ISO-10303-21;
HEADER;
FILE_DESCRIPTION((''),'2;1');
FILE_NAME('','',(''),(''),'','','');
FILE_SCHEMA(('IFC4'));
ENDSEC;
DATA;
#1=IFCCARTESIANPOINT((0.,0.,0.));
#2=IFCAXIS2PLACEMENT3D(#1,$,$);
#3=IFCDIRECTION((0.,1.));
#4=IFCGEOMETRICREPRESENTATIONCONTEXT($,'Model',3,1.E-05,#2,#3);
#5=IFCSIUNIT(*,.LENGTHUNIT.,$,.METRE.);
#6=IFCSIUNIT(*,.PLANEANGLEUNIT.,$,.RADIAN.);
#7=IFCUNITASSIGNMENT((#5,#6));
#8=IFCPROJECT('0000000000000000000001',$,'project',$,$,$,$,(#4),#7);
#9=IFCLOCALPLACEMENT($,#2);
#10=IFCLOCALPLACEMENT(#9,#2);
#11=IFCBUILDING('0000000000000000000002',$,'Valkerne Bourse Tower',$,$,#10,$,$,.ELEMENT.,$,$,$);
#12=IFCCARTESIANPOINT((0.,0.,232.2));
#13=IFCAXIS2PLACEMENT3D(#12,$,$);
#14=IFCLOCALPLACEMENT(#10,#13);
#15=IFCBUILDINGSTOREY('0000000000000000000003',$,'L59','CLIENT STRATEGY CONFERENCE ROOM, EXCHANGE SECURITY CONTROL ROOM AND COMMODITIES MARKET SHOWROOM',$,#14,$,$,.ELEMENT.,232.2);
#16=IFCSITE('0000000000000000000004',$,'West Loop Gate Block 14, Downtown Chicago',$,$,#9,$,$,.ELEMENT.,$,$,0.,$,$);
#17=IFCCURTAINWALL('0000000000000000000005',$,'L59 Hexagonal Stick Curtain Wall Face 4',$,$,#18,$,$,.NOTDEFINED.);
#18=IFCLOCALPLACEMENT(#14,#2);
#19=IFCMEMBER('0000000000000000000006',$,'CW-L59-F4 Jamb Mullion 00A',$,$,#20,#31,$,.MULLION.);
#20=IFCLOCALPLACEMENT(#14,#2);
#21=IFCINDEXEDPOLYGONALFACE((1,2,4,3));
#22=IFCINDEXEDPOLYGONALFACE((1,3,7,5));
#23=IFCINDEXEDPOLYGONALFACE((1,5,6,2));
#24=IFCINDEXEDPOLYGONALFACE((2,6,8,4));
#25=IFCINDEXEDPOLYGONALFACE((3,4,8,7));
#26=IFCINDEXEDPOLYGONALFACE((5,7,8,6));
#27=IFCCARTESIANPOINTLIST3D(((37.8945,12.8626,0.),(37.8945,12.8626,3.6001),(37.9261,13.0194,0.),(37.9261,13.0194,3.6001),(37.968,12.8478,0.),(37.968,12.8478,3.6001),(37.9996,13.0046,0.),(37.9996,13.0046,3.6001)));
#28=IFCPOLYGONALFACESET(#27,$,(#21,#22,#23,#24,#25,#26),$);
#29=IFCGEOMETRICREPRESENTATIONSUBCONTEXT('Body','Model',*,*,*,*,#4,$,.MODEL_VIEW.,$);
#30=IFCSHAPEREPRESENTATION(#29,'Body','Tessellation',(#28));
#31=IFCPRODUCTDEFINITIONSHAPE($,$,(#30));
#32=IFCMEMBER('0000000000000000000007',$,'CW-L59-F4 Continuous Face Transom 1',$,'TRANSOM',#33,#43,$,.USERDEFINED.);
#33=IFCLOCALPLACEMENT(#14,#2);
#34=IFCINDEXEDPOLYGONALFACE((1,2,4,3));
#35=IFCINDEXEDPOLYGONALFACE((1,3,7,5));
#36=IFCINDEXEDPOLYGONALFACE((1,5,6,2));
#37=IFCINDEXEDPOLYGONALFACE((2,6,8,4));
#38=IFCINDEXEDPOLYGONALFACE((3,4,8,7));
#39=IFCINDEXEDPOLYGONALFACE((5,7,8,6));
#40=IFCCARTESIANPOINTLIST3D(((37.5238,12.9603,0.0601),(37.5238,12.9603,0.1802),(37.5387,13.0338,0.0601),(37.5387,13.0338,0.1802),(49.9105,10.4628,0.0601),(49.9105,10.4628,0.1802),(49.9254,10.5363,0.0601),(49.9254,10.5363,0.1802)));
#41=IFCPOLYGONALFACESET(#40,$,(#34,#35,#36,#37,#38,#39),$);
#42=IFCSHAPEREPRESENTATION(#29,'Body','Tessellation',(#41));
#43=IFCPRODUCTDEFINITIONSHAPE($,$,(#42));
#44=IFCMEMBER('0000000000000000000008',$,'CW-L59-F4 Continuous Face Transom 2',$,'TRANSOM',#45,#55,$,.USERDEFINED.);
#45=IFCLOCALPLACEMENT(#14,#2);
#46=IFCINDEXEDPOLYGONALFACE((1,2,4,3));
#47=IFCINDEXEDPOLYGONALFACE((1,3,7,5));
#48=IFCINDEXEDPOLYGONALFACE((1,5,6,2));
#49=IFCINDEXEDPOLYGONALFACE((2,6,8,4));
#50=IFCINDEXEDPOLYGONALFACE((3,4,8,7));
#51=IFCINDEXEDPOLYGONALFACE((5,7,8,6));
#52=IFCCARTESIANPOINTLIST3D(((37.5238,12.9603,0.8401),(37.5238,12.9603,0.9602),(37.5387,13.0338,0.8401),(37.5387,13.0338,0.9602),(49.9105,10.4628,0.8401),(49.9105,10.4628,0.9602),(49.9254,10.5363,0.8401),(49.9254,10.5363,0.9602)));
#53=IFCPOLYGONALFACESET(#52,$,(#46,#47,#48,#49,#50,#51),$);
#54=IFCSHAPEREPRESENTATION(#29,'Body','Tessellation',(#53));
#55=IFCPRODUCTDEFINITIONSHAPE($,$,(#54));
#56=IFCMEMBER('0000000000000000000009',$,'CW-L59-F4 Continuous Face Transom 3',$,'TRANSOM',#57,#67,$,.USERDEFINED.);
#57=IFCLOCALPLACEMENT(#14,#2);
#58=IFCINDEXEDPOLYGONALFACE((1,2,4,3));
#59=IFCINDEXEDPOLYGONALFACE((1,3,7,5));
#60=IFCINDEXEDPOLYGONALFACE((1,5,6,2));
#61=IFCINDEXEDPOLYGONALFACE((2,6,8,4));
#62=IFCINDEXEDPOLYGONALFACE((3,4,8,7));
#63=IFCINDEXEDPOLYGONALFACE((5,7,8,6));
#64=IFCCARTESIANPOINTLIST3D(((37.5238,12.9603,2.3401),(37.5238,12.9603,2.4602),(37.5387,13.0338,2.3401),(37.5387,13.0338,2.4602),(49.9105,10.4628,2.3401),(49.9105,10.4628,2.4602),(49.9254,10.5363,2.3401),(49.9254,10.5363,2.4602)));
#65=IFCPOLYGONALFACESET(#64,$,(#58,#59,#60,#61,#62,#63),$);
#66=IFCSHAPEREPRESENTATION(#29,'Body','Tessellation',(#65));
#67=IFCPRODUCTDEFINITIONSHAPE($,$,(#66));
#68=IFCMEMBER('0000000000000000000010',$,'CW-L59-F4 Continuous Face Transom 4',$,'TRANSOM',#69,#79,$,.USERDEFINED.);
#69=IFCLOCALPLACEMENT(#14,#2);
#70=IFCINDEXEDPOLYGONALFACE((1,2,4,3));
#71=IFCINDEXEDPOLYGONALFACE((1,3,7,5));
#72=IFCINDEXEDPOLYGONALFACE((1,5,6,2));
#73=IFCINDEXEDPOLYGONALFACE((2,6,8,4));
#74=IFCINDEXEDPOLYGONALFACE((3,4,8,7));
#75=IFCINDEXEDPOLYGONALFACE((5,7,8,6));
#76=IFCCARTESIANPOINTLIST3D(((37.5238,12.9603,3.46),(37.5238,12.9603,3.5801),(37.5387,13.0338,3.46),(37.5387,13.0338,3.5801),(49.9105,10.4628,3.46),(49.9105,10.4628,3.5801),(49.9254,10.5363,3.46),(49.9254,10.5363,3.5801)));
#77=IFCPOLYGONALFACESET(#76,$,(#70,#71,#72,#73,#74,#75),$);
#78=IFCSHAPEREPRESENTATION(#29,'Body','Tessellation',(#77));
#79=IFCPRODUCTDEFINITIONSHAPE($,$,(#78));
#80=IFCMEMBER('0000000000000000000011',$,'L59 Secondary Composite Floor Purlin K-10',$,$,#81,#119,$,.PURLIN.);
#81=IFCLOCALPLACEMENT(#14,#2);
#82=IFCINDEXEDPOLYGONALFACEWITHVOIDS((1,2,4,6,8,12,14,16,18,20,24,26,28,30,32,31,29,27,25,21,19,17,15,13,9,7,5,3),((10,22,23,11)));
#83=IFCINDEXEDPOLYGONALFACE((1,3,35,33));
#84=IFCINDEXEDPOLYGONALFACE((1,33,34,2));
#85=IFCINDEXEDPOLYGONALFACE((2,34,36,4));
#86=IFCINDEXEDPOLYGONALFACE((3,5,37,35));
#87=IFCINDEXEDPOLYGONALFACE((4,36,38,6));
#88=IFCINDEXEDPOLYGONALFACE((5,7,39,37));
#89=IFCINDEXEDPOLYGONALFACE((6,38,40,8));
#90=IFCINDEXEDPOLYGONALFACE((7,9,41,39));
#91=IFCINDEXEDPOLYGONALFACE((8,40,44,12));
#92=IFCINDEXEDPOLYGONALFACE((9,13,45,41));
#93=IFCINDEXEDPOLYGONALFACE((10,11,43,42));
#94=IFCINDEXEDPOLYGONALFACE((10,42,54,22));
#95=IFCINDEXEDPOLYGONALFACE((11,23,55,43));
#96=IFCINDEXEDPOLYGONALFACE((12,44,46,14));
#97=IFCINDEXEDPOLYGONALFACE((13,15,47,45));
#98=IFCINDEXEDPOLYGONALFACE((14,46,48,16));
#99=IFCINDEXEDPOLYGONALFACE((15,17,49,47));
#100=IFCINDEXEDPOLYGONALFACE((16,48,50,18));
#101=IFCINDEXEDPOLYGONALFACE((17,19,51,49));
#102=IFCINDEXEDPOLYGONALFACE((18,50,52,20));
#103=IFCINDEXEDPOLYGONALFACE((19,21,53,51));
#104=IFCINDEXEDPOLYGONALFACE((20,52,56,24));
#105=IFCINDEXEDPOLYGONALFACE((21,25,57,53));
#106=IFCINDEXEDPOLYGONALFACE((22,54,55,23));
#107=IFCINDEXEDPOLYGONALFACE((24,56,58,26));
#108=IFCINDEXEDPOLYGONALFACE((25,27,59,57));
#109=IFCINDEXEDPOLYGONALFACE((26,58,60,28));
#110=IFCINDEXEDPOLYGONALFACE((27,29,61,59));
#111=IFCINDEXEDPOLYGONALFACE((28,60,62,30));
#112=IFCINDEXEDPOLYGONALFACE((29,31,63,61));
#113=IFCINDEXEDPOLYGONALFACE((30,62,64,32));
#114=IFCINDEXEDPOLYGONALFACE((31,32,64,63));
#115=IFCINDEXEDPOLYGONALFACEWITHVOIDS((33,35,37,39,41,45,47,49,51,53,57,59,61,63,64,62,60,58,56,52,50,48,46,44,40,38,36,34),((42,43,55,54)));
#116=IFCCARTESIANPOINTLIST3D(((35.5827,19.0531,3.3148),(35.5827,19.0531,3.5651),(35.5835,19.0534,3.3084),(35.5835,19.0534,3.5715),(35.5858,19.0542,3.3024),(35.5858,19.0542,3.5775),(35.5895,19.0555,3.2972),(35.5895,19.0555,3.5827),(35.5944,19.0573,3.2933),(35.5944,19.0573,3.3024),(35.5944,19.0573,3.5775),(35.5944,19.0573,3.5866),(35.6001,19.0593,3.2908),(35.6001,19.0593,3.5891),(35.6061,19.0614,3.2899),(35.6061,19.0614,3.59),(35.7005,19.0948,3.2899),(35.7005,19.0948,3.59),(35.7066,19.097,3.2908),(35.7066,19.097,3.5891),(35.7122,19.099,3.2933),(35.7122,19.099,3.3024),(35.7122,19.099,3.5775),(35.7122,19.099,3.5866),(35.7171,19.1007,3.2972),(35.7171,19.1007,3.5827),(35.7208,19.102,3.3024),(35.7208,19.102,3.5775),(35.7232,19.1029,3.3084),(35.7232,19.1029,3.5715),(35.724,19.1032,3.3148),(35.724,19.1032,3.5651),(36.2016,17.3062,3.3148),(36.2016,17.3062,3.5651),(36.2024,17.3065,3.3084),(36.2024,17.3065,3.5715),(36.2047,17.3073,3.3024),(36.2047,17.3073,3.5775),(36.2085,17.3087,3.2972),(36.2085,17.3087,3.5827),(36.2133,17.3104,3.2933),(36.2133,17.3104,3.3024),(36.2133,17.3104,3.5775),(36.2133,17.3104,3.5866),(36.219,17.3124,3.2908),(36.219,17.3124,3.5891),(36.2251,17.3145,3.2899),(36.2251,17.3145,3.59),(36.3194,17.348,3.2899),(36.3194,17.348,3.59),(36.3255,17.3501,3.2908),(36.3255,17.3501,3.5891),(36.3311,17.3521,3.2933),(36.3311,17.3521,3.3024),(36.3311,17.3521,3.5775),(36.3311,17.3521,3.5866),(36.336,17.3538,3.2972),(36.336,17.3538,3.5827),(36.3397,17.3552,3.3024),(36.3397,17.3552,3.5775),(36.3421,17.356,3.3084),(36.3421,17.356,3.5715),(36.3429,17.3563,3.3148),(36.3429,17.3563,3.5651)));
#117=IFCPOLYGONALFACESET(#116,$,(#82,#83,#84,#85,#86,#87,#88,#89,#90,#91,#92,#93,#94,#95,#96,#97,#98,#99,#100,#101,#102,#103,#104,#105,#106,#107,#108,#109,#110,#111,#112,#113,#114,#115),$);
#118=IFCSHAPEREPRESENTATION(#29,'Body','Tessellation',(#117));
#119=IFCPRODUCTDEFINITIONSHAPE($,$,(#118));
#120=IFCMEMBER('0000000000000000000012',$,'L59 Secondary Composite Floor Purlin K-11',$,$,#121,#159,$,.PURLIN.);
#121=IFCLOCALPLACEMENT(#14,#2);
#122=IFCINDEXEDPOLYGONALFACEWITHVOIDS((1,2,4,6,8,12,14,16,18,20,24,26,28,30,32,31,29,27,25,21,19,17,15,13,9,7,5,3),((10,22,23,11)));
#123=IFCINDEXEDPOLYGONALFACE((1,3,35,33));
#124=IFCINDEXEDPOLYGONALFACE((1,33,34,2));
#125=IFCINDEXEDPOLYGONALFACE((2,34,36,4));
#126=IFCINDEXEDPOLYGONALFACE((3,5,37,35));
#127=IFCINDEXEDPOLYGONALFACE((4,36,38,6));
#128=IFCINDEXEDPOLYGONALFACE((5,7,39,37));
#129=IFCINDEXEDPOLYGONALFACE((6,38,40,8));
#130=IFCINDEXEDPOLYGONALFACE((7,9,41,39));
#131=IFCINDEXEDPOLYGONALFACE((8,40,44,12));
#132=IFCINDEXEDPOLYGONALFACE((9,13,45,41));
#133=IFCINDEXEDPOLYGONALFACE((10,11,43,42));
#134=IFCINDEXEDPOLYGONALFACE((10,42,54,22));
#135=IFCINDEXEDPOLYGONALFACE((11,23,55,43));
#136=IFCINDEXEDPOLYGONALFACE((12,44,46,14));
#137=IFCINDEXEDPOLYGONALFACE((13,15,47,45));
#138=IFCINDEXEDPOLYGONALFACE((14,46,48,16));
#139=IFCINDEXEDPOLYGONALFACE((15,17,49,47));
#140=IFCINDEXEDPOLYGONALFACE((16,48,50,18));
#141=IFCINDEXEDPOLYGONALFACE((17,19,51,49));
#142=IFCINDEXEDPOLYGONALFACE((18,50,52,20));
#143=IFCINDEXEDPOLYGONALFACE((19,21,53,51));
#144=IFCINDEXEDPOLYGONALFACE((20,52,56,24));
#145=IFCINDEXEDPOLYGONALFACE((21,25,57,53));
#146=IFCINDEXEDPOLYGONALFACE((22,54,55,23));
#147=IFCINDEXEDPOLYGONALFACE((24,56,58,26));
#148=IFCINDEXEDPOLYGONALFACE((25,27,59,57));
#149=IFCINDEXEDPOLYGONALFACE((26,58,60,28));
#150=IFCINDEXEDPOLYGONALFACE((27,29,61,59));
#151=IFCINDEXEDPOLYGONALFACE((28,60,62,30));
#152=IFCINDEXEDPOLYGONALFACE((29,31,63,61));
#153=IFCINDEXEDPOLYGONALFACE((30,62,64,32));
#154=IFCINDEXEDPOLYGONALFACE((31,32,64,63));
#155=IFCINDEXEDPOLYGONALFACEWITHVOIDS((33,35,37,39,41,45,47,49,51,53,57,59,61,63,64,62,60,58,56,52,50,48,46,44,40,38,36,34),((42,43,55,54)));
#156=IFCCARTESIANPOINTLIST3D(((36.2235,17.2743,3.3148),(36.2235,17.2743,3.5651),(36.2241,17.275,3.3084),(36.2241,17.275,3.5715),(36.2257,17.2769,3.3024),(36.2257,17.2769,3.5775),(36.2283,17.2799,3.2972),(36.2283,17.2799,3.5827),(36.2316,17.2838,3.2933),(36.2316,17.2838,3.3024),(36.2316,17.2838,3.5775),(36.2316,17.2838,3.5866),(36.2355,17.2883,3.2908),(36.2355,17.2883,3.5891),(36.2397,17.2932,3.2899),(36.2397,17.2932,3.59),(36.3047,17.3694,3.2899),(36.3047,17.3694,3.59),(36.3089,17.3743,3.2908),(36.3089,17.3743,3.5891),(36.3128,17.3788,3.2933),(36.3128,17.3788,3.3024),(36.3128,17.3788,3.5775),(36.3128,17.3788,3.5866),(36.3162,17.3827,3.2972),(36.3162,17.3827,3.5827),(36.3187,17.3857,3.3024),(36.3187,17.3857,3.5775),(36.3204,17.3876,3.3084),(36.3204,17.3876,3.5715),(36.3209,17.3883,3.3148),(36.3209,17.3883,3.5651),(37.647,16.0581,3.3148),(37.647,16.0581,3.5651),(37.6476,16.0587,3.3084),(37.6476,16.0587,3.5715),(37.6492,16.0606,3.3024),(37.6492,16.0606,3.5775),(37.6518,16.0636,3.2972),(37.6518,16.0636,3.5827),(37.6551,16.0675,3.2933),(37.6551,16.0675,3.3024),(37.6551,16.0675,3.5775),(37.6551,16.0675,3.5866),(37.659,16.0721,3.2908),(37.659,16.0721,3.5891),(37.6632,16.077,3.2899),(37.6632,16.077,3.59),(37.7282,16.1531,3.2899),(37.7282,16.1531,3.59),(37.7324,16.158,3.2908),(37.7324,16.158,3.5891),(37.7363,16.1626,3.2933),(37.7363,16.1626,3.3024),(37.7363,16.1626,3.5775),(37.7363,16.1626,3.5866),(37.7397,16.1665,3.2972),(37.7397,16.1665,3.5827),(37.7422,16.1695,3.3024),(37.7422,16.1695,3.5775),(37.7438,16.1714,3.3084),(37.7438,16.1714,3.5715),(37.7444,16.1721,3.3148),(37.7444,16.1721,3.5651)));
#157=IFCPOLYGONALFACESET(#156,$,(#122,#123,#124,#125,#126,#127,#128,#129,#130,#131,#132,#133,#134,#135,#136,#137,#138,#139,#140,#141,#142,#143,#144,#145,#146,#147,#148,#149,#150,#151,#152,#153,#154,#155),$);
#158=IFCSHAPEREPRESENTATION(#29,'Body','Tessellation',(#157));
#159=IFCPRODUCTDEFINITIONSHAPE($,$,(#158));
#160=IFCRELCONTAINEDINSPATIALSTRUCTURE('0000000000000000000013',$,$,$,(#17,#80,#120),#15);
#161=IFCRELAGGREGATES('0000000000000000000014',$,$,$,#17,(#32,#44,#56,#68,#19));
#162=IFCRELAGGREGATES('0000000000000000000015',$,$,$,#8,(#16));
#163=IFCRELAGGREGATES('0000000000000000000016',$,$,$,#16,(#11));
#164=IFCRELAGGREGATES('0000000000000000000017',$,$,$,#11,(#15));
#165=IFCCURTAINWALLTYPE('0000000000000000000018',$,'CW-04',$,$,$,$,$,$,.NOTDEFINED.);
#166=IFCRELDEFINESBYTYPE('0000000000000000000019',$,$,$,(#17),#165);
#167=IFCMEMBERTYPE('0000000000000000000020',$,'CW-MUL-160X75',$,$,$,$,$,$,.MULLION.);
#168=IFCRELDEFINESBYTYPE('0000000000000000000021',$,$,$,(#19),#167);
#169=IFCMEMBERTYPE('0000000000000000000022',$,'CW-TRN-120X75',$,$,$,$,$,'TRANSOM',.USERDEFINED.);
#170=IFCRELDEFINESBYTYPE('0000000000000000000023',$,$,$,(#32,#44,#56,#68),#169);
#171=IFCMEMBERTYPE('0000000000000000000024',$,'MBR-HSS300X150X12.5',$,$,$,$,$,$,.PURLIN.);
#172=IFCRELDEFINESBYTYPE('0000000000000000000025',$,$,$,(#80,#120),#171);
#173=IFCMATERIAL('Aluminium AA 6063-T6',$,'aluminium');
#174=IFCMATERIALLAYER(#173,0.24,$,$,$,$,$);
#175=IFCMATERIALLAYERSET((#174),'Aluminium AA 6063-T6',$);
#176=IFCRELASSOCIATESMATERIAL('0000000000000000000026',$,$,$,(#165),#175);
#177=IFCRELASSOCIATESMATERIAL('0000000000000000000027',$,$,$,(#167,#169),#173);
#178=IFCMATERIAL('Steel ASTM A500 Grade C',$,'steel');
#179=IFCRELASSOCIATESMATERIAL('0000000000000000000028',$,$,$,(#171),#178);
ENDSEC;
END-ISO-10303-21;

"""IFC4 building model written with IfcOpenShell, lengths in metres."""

from ifc_helpers import new_model, si_unit, direction, frame, origin, origin_2d, place, context, subcontext, project, spatial, rectangle, hollow_rectangle, extrude, material, layer, layer_set, material_profile, profile_set, type_object, element, aggregate, save


model = new_model("IFC4")

# Units and contexts
model_context = context("Model", 3, precision=1e-05, world=origin(), true_north=direction((0.0, 1.0)))
body_context = subcontext(model_context, "Body", "Model", "MODEL_VIEW")
ifc_project = project(units=[si_unit("LENGTHUNIT", "METRE"), si_unit("PLANEANGLEUNIT", "RADIAN")], contexts=[model_context])

# Site, building, storey
site_placement = place(None, origin())
site = spatial("IfcSite", under=ifc_project, at=site_placement, Name="West Loop Gate Block 14, Downtown Chicago", CompositionType="ELEMENT", RefElevation=0.0)
building_placement = place(site_placement, origin())
building = spatial("IfcBuilding", under=site, at=building_placement, Name="Valkerne Bourse Tower", CompositionType="ELEMENT")
storey_placement = place(building_placement, frame((0.0, 0.0, 232.2)))
storey = spatial("IfcBuildingStorey", under=building, at=storey_placement, Name="L59", Description="CLIENT STRATEGY CONFERENCE ROOM, EXCHANGE SECURITY CONTROL ROOM AND COMMODITIES MARKET SHOWROOM", CompositionType="ELEMENT", Elevation=232.2)

# Curtain wall, members
ifc_material_1 = material(Name="Aluminium AA 6063-T6", Category="aluminium")
ifc_layer_1 = layer(ifc_material_1, 0.24)
ifc_layer_set_1 = layer_set([ifc_layer_1], Name="Aluminium AA 6063-T6")
curtain_wall_type = type_object("IfcCurtainWallType", Name="CW-04", PredefinedType="NOTDEFINED", material=ifc_layer_set_1)
curtain_wall_placement = place(storey_placement, origin())
curtain_wall = element("IfcCurtainWall", 1, at=curtain_wall_placement, inside=storey, type_object=curtain_wall_type, Name="L59 Hexagonal Stick Curtain Wall Face 4", PredefinedType="NOTDEFINED")
ifc_material_profile_1 = material_profile(ifc_material_1, rectangle(XDim=0.075, YDim=0.1599, at=origin_2d()), Name="CWM-75X160")
ifc_profile_set_1 = profile_set([ifc_material_profile_1], Name="Aluminium AA 6063-T6")
member_type_1 = type_object("IfcMemberType", Name="CW-MUL-160X75", PredefinedType="MULLION", material=ifc_profile_set_1)
member_1_placement = place(storey_placement, frame((37.947, 12.9336, 0.0), z_axis=(0.0, 0.0, 1.0), x_axis=(0.980273, -0.19765, 0.0)))
member_1 = element("IfcMember", 2, at=member_1_placement, type_object=member_type_1, Name="CW-L59-F4 Jamb Mullion 00A", PredefinedType="MULLION", context=body_context, shape_type="SweptSolid", body=[
    extrude(rectangle(XDim=0.075, YDim=0.1599, at=origin_2d()), origin(), (0.0, 0.0, 1.0), 3.6001),
])
ifc_material_profile_2 = material_profile(ifc_material_1, rectangle(XDim=0.075, YDim=0.1201, at=origin_2d()), Name="CWT-75X120")
ifc_profile_set_2 = profile_set([ifc_material_profile_2], Name="Aluminium AA 6063-T6")
member_type_2 = type_object("IfcMemberType", Name="CW-TRN-120X75", ElementType="TRANSOM", PredefinedType="USERDEFINED", material=ifc_profile_set_2)
member_2_placement = place(storey_placement, frame((37.5312, 12.9971, 0.1201), z_axis=(0.980272, -0.197654, 0.0), x_axis=(0.197654, 0.980272, 0.0)))
member_2 = element("IfcMember", 3, at=member_2_placement, type_object=member_type_2, Name="CW-L59-F4 Continuous Face Transom 1", ObjectType="TRANSOM", PredefinedType="USERDEFINED", context=body_context, shape_type="SweptSolid", body=[
    extrude(rectangle(XDim=0.075, YDim=0.1201, at=origin_2d()), origin(), (0.0, 0.0, 1.0), 12.636),
])
member_3_placement = place(storey_placement, frame((37.5312, 12.9971, 0.9001), z_axis=(0.980272, -0.197654, 0.0), x_axis=(0.197654, 0.980272, 0.0)))
member_3 = element("IfcMember", 4, at=member_3_placement, type_object=member_type_2, Name="CW-L59-F4 Continuous Face Transom 2", ObjectType="TRANSOM", PredefinedType="USERDEFINED", context=body_context, shape_type="SweptSolid", body=[
    extrude(rectangle(XDim=0.075, YDim=0.1201, at=origin_2d()), origin(), (0.0, 0.0, 1.0), 12.636),
])
member_4_placement = place(storey_placement, frame((37.5312, 12.9971, 2.4001), z_axis=(0.980272, -0.197654, 0.0), x_axis=(0.197654, 0.980272, 0.0)))
member_4 = element("IfcMember", 5, at=member_4_placement, type_object=member_type_2, Name="CW-L59-F4 Continuous Face Transom 3", ObjectType="TRANSOM", PredefinedType="USERDEFINED", context=body_context, shape_type="SweptSolid", body=[
    extrude(rectangle(XDim=0.075, YDim=0.1201, at=origin_2d()), origin(), (0.0, 0.0, 1.0), 12.636),
])
member_5_placement = place(storey_placement, frame((37.5312, 12.9971, 3.52), z_axis=(0.980272, -0.197654, 0.0), x_axis=(0.197654, 0.980272, 0.0)))
member_5 = element("IfcMember", 6, at=member_5_placement, type_object=member_type_2, Name="CW-L59-F4 Continuous Face Transom 4", ObjectType="TRANSOM", PredefinedType="USERDEFINED", context=body_context, shape_type="SweptSolid", body=[
    extrude(rectangle(XDim=0.075, YDim=0.1201, at=origin_2d()), origin(), (0.0, 0.0, 1.0), 12.636),
])
aggregate(curtain_wall, [member_2, member_3, member_4, member_5, member_1])

# Members
ifc_material_2 = material(Name="Steel ASTM A500 Grade C", Category="steel")
ifc_material_profile_3 = material_profile(ifc_material_2, hollow_rectangle(XDim=0.1499, YDim=0.3, WallThickness=0.0125, OuterFilletRadius=0.0249, at=origin_2d()), Name="HSS300X150X12.5")
ifc_profile_set_3 = profile_set([ifc_material_profile_3], Name="Steel ASTM A500 Grade C")
member_type_3 = type_object("IfcMemberType", Name="MBR-HSS300X150X12.5", PredefinedType="PURLIN", material=ifc_profile_set_3)
member_6_placement = place(storey_placement, frame((35.6533, 19.0781, 3.4399), z_axis=(0.333957, -0.942588, 0.0), x_axis=(0.942588, 0.333957, 0.0)))
element("IfcMember", 7, at=member_6_placement, inside=storey, type_object=member_type_3, Name="L59 Secondary Composite Floor Purlin K-10", PredefinedType="PURLIN", context=body_context, shape_type="SweptSolid", body=[
    extrude(hollow_rectangle(XDim=0.1499, YDim=0.3, WallThickness=0.0125, OuterFilletRadius=0.0249, at=origin_2d()), origin(), (0.0, 0.0, 1.0), 1.8533),
])
member_7_placement = place(storey_placement, frame((36.2722, 17.3313, 3.4399), z_axis=(0.760286, -0.649588, 0.0), x_axis=(0.649588, 0.760286, 0.0)))
element("IfcMember", 8, at=member_7_placement, inside=storey, type_object=member_type_3, Name="L59 Secondary Composite Floor Purlin K-11", PredefinedType="PURLIN", context=body_context, shape_type="SweptSolid", body=[
    extrude(hollow_rectangle(XDim=0.1499, YDim=0.3, WallThickness=0.0125, OuterFilletRadius=0.0249, at=origin_2d()), origin(), (0.0, 0.0, 1.0), 1.8723),
])

save(model, "model.ifc")
